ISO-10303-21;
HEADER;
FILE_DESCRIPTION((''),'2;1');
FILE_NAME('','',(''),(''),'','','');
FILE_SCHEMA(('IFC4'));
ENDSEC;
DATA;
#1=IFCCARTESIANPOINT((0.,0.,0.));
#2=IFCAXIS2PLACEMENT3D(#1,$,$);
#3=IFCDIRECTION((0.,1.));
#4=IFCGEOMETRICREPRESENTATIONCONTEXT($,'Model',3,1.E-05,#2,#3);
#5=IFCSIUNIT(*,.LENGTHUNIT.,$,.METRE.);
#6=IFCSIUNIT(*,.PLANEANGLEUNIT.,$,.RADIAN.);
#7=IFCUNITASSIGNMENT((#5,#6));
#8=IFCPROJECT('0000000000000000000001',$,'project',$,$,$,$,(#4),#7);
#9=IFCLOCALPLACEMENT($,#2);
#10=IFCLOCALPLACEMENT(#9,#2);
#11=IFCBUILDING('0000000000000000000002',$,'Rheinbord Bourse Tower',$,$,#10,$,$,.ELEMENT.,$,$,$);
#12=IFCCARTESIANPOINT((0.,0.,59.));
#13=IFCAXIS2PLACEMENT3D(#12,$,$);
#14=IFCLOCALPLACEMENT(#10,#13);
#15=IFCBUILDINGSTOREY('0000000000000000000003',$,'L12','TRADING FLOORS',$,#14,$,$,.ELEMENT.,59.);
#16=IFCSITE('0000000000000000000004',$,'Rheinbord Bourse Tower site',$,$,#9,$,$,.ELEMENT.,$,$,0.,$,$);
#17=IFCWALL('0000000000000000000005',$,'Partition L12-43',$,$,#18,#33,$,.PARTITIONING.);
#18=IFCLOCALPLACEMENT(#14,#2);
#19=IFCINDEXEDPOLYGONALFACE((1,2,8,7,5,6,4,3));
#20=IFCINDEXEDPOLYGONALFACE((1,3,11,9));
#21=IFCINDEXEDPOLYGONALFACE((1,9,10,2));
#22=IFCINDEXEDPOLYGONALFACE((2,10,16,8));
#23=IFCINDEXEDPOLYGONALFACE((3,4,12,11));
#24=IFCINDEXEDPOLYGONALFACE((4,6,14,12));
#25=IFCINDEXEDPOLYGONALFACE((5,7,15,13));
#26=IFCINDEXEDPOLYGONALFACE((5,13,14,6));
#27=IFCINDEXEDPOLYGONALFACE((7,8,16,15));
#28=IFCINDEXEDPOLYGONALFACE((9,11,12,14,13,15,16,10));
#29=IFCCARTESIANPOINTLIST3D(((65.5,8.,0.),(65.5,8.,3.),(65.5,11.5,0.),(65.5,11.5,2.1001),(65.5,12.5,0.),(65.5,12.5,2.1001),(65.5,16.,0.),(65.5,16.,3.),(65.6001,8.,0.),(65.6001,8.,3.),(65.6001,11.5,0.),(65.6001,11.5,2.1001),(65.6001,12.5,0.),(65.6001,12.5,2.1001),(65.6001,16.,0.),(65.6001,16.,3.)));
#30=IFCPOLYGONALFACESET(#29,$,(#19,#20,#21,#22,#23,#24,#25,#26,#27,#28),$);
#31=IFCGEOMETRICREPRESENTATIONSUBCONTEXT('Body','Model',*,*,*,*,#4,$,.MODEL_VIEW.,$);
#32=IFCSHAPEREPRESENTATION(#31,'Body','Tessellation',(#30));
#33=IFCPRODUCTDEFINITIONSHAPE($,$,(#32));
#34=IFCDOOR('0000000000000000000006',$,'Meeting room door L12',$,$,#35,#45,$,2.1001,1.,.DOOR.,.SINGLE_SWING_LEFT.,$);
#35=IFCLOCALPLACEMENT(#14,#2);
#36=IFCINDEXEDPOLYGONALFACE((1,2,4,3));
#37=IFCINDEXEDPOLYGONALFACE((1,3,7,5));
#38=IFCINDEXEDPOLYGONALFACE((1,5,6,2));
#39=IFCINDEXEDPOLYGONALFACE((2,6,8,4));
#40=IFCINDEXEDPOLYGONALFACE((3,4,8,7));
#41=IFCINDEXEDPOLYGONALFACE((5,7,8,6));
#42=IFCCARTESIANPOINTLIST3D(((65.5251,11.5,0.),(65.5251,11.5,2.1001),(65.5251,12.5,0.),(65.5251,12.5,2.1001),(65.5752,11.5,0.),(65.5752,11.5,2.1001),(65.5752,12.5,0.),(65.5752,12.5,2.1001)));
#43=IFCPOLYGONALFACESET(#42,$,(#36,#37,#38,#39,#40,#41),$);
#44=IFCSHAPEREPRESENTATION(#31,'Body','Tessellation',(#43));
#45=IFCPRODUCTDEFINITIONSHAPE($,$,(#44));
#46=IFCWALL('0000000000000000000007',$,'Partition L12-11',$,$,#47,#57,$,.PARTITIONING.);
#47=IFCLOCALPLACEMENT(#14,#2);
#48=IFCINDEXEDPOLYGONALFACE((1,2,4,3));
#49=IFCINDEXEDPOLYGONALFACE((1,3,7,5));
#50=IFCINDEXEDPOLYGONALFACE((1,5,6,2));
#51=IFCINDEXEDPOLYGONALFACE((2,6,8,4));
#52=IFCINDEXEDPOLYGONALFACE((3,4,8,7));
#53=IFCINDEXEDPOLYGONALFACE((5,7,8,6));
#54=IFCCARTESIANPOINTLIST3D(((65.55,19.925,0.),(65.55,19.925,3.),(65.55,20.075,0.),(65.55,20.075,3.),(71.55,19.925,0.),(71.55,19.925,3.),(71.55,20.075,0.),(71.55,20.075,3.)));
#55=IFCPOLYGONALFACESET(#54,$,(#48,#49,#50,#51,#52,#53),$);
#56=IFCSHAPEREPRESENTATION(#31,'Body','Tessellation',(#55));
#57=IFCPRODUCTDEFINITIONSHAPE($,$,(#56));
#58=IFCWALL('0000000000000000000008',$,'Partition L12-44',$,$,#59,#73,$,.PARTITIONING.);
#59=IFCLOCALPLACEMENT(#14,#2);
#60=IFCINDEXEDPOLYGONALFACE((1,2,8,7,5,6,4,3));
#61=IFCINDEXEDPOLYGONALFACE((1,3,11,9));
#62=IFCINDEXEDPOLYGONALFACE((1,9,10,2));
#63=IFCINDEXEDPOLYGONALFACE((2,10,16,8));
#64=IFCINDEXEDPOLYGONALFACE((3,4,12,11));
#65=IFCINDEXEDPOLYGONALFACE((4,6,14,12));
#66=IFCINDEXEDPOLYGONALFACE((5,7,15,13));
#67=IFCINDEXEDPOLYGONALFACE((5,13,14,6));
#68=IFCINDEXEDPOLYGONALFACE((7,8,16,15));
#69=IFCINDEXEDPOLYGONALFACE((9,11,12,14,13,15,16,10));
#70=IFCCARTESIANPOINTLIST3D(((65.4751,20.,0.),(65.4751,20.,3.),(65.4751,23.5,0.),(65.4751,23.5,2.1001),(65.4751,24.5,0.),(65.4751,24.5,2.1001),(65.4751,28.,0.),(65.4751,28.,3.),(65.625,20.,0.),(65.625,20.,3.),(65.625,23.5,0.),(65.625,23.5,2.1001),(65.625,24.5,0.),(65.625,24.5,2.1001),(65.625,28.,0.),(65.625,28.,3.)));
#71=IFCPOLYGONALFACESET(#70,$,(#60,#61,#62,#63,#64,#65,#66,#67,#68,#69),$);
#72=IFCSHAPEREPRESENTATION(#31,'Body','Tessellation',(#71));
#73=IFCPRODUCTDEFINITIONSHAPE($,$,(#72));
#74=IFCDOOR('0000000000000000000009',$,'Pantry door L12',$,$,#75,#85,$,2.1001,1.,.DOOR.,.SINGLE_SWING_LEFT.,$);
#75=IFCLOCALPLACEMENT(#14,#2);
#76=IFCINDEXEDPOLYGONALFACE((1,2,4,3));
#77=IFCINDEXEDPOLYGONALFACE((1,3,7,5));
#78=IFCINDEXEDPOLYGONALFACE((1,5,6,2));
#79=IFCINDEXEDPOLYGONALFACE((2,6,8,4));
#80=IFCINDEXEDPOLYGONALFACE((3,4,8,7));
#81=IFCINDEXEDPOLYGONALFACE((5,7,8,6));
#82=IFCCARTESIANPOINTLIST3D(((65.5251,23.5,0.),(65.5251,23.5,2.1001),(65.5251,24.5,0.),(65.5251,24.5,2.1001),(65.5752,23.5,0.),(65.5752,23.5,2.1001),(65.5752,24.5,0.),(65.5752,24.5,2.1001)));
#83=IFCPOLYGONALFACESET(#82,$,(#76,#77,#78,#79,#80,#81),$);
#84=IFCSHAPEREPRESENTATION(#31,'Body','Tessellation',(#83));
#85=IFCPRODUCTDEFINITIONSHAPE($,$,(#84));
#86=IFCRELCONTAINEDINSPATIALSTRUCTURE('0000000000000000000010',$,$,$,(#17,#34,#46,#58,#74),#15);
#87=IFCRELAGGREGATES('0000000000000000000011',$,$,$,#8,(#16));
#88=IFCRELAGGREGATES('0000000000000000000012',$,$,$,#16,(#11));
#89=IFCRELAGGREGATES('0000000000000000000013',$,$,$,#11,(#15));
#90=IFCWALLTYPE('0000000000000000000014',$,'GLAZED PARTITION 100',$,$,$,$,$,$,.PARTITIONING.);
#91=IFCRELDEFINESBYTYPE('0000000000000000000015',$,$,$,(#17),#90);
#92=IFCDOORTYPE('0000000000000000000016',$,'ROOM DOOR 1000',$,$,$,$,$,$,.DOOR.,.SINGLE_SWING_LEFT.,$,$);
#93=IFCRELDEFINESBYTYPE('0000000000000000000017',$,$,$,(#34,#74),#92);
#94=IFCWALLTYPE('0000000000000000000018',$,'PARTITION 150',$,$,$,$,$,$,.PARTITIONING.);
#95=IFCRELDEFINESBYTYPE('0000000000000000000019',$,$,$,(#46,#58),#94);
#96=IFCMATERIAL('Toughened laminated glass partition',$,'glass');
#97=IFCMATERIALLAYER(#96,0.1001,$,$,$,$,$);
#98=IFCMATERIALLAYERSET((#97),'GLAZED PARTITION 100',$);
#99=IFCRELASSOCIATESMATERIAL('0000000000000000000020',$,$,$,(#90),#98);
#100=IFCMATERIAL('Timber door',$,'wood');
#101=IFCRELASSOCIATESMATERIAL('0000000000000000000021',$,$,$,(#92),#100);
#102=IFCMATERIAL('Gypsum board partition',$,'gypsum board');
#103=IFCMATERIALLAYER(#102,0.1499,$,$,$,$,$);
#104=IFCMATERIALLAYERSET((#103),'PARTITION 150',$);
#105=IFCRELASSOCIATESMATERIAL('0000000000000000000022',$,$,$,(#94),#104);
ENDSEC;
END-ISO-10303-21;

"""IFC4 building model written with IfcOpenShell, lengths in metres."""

from ifc_helpers import new_model, si_unit, direction, frame, frame_2d, origin, place, context, subcontext, project, spatial, rectangle, extrude, material, layer, layer_set, type_object, element, fill, save


model = new_model("IFC4")

# Units and contexts
model_context = context("Model", 3, precision=1e-05, world=origin(), true_north=direction((0.0, 1.0)))
body_context = subcontext(model_context, "Body", "Model", "MODEL_VIEW")
ifc_project = project(units=[si_unit("LENGTHUNIT", "METRE"), si_unit("PLANEANGLEUNIT", "RADIAN")], contexts=[model_context])

# Site, building, storey
site_placement = place(None, origin())
site = spatial("IfcSite", under=ifc_project, at=site_placement, Name="Rheinbord Bourse Tower site", CompositionType="ELEMENT", RefElevation=0.0)
building_placement = place(site_placement, origin())
building = spatial("IfcBuilding", under=site, at=building_placement, Name="Rheinbord Bourse Tower", CompositionType="ELEMENT")
storey_placement = place(building_placement, frame((0.0, 0.0, 59.0)))
storey = spatial("IfcBuildingStorey", under=building, at=storey_placement, Name="L12", Description="TRADING FLOORS", CompositionType="ELEMENT", Elevation=59.0)

# Shared definitions
ifc_material_1 = material(Name="Toughened laminated glass partition", Category="glass")
ifc_layer_1 = layer(ifc_material_1, 0.1001)
ifc_layer_set_1 = layer_set([ifc_layer_1], Name="GLAZED PARTITION 100")
wall_type_1 = type_object("IfcWallType", Name="GLAZED PARTITION 100", PredefinedType="PARTITIONING", material=ifc_layer_set_1)

# Wall, opening, door
wall_1_placement = place(storey_placement, frame((65.55, 8.0, 0.0), z_axis=(0.0, 0.0, 1.0), x_axis=(0.0, 1.0, 0.0)))
wall_1 = element("IfcWall", 1, at=wall_1_placement, inside=storey, type_object=wall_type_1, Name="Partition L12-43", PredefinedType="PARTITIONING", context=body_context, shape_type="SweptSolid", body=[
    extrude(rectangle(XDim=8.0, YDim=0.1001, at=frame_2d((4.0, 0.0))), origin(), (0.0, 0.0, 1.0), 3.0),
])
opening_1_placement = place(wall_1_placement, frame((3.5, 0.0, 0.0)))
opening_1 = element("IfcOpeningElement", 2, at=opening_1_placement, cuts=wall_1, PredefinedType="OPENING", context=body_context, shape_type="SweptSolid", body=[
    extrude(rectangle(XDim=1.0, YDim=2.1001, at=frame_2d((0.5, 1.05))), frame((0.0, 0.0601, 0.0), z_axis=(0.0, -1.0, 0.0), x_axis=(1.0, 0.0, 0.0)), (0.0, 0.0, 1.0), 0.1201),
])
ifc_material_2 = material(Name="Timber door", Category="wood")
door_type = type_object("IfcDoorType", Name="ROOM DOOR 1000", OperationType="SINGLE_SWING_LEFT", PredefinedType="DOOR", material=ifc_material_2)
door_1_placement = place(opening_1_placement, origin())
door_1 = element("IfcDoor", 3, at=door_1_placement, inside=storey, type_object=door_type, Name="Meeting room door L12", OperationType="SINGLE_SWING_LEFT", OverallHeight=2.1001, OverallWidth=1.0, PredefinedType="DOOR", context=body_context, shape_type="SweptSolid", body=[
    extrude(rectangle(XDim=1.0, YDim=2.1001, at=frame_2d((0.5, 1.05))), frame((0.0, 0.0249, 0.0), z_axis=(0.0, -1.0, 0.0), x_axis=(1.0, 0.0, 0.0)), (0.0, 0.0, 1.0), 0.05),
])
fill(opening_1, door_1)

# Wall
ifc_material_3 = material(Name="Gypsum board partition", Category="gypsum board")
ifc_layer_2 = layer(ifc_material_3, 0.1499)
ifc_layer_set_2 = layer_set([ifc_layer_2], Name="PARTITION 150")
wall_type_2 = type_object("IfcWallType", Name="PARTITION 150", PredefinedType="PARTITIONING", material=ifc_layer_set_2)
wall_2_placement = place(storey_placement, frame((65.55, 20.0, 0.0), z_axis=(0.0, 0.0, 1.0), x_axis=(1.0, 0.0, 0.0)))
element("IfcWall", 4, at=wall_2_placement, inside=storey, type_object=wall_type_2, Name="Partition L12-11", PredefinedType="PARTITIONING", context=body_context, shape_type="SweptSolid", body=[
    extrude(rectangle(XDim=6.0, YDim=0.1499, at=frame_2d((3.0, 0.0))), origin(), (0.0, 0.0, 1.0), 3.0),
])

# Wall, opening, door
wall_3_placement = place(storey_placement, frame((65.55, 20.0, 0.0), z_axis=(0.0, 0.0, 1.0), x_axis=(0.0, 1.0, 0.0)))
wall_3 = element("IfcWall", 5, at=wall_3_placement, inside=storey, type_object=wall_type_2, Name="Partition L12-44", PredefinedType="PARTITIONING", context=body_context, shape_type="SweptSolid", body=[
    extrude(rectangle(XDim=8.0, YDim=0.1499, at=frame_2d((4.0, 0.0))), origin(), (0.0, 0.0, 1.0), 3.0),
])
opening_2_placement = place(wall_3_placement, frame((3.5, 0.0, 0.0)))
opening_2 = element("IfcOpeningElement", 6, at=opening_2_placement, cuts=wall_3, PredefinedType="OPENING", context=body_context, shape_type="SweptSolid", body=[
    extrude(rectangle(XDim=1.0, YDim=2.1001, at=frame_2d((0.5, 1.05))), frame((0.0, 0.085, 0.0), z_axis=(0.0, -1.0, 0.0), x_axis=(1.0, 0.0, 0.0)), (0.0, 0.0, 1.0), 0.1699),
])
door_2_placement = place(opening_2_placement, origin())
door_2 = element("IfcDoor", 7, at=door_2_placement, inside=storey, type_object=door_type, Name="Pantry door L12", OperationType="SINGLE_SWING_LEFT", OverallHeight=2.1001, OverallWidth=1.0, PredefinedType="DOOR", context=body_context, shape_type="SweptSolid", body=[
    extrude(rectangle(XDim=1.0, YDim=2.1001, at=frame_2d((0.5, 1.05))), frame((0.0, 0.0249, 0.0), z_axis=(0.0, -1.0, 0.0), x_axis=(1.0, 0.0, 0.0)), (0.0, 0.0, 1.0), 0.05),
])
fill(opening_2, door_2)

save(model, "model.ifc")
